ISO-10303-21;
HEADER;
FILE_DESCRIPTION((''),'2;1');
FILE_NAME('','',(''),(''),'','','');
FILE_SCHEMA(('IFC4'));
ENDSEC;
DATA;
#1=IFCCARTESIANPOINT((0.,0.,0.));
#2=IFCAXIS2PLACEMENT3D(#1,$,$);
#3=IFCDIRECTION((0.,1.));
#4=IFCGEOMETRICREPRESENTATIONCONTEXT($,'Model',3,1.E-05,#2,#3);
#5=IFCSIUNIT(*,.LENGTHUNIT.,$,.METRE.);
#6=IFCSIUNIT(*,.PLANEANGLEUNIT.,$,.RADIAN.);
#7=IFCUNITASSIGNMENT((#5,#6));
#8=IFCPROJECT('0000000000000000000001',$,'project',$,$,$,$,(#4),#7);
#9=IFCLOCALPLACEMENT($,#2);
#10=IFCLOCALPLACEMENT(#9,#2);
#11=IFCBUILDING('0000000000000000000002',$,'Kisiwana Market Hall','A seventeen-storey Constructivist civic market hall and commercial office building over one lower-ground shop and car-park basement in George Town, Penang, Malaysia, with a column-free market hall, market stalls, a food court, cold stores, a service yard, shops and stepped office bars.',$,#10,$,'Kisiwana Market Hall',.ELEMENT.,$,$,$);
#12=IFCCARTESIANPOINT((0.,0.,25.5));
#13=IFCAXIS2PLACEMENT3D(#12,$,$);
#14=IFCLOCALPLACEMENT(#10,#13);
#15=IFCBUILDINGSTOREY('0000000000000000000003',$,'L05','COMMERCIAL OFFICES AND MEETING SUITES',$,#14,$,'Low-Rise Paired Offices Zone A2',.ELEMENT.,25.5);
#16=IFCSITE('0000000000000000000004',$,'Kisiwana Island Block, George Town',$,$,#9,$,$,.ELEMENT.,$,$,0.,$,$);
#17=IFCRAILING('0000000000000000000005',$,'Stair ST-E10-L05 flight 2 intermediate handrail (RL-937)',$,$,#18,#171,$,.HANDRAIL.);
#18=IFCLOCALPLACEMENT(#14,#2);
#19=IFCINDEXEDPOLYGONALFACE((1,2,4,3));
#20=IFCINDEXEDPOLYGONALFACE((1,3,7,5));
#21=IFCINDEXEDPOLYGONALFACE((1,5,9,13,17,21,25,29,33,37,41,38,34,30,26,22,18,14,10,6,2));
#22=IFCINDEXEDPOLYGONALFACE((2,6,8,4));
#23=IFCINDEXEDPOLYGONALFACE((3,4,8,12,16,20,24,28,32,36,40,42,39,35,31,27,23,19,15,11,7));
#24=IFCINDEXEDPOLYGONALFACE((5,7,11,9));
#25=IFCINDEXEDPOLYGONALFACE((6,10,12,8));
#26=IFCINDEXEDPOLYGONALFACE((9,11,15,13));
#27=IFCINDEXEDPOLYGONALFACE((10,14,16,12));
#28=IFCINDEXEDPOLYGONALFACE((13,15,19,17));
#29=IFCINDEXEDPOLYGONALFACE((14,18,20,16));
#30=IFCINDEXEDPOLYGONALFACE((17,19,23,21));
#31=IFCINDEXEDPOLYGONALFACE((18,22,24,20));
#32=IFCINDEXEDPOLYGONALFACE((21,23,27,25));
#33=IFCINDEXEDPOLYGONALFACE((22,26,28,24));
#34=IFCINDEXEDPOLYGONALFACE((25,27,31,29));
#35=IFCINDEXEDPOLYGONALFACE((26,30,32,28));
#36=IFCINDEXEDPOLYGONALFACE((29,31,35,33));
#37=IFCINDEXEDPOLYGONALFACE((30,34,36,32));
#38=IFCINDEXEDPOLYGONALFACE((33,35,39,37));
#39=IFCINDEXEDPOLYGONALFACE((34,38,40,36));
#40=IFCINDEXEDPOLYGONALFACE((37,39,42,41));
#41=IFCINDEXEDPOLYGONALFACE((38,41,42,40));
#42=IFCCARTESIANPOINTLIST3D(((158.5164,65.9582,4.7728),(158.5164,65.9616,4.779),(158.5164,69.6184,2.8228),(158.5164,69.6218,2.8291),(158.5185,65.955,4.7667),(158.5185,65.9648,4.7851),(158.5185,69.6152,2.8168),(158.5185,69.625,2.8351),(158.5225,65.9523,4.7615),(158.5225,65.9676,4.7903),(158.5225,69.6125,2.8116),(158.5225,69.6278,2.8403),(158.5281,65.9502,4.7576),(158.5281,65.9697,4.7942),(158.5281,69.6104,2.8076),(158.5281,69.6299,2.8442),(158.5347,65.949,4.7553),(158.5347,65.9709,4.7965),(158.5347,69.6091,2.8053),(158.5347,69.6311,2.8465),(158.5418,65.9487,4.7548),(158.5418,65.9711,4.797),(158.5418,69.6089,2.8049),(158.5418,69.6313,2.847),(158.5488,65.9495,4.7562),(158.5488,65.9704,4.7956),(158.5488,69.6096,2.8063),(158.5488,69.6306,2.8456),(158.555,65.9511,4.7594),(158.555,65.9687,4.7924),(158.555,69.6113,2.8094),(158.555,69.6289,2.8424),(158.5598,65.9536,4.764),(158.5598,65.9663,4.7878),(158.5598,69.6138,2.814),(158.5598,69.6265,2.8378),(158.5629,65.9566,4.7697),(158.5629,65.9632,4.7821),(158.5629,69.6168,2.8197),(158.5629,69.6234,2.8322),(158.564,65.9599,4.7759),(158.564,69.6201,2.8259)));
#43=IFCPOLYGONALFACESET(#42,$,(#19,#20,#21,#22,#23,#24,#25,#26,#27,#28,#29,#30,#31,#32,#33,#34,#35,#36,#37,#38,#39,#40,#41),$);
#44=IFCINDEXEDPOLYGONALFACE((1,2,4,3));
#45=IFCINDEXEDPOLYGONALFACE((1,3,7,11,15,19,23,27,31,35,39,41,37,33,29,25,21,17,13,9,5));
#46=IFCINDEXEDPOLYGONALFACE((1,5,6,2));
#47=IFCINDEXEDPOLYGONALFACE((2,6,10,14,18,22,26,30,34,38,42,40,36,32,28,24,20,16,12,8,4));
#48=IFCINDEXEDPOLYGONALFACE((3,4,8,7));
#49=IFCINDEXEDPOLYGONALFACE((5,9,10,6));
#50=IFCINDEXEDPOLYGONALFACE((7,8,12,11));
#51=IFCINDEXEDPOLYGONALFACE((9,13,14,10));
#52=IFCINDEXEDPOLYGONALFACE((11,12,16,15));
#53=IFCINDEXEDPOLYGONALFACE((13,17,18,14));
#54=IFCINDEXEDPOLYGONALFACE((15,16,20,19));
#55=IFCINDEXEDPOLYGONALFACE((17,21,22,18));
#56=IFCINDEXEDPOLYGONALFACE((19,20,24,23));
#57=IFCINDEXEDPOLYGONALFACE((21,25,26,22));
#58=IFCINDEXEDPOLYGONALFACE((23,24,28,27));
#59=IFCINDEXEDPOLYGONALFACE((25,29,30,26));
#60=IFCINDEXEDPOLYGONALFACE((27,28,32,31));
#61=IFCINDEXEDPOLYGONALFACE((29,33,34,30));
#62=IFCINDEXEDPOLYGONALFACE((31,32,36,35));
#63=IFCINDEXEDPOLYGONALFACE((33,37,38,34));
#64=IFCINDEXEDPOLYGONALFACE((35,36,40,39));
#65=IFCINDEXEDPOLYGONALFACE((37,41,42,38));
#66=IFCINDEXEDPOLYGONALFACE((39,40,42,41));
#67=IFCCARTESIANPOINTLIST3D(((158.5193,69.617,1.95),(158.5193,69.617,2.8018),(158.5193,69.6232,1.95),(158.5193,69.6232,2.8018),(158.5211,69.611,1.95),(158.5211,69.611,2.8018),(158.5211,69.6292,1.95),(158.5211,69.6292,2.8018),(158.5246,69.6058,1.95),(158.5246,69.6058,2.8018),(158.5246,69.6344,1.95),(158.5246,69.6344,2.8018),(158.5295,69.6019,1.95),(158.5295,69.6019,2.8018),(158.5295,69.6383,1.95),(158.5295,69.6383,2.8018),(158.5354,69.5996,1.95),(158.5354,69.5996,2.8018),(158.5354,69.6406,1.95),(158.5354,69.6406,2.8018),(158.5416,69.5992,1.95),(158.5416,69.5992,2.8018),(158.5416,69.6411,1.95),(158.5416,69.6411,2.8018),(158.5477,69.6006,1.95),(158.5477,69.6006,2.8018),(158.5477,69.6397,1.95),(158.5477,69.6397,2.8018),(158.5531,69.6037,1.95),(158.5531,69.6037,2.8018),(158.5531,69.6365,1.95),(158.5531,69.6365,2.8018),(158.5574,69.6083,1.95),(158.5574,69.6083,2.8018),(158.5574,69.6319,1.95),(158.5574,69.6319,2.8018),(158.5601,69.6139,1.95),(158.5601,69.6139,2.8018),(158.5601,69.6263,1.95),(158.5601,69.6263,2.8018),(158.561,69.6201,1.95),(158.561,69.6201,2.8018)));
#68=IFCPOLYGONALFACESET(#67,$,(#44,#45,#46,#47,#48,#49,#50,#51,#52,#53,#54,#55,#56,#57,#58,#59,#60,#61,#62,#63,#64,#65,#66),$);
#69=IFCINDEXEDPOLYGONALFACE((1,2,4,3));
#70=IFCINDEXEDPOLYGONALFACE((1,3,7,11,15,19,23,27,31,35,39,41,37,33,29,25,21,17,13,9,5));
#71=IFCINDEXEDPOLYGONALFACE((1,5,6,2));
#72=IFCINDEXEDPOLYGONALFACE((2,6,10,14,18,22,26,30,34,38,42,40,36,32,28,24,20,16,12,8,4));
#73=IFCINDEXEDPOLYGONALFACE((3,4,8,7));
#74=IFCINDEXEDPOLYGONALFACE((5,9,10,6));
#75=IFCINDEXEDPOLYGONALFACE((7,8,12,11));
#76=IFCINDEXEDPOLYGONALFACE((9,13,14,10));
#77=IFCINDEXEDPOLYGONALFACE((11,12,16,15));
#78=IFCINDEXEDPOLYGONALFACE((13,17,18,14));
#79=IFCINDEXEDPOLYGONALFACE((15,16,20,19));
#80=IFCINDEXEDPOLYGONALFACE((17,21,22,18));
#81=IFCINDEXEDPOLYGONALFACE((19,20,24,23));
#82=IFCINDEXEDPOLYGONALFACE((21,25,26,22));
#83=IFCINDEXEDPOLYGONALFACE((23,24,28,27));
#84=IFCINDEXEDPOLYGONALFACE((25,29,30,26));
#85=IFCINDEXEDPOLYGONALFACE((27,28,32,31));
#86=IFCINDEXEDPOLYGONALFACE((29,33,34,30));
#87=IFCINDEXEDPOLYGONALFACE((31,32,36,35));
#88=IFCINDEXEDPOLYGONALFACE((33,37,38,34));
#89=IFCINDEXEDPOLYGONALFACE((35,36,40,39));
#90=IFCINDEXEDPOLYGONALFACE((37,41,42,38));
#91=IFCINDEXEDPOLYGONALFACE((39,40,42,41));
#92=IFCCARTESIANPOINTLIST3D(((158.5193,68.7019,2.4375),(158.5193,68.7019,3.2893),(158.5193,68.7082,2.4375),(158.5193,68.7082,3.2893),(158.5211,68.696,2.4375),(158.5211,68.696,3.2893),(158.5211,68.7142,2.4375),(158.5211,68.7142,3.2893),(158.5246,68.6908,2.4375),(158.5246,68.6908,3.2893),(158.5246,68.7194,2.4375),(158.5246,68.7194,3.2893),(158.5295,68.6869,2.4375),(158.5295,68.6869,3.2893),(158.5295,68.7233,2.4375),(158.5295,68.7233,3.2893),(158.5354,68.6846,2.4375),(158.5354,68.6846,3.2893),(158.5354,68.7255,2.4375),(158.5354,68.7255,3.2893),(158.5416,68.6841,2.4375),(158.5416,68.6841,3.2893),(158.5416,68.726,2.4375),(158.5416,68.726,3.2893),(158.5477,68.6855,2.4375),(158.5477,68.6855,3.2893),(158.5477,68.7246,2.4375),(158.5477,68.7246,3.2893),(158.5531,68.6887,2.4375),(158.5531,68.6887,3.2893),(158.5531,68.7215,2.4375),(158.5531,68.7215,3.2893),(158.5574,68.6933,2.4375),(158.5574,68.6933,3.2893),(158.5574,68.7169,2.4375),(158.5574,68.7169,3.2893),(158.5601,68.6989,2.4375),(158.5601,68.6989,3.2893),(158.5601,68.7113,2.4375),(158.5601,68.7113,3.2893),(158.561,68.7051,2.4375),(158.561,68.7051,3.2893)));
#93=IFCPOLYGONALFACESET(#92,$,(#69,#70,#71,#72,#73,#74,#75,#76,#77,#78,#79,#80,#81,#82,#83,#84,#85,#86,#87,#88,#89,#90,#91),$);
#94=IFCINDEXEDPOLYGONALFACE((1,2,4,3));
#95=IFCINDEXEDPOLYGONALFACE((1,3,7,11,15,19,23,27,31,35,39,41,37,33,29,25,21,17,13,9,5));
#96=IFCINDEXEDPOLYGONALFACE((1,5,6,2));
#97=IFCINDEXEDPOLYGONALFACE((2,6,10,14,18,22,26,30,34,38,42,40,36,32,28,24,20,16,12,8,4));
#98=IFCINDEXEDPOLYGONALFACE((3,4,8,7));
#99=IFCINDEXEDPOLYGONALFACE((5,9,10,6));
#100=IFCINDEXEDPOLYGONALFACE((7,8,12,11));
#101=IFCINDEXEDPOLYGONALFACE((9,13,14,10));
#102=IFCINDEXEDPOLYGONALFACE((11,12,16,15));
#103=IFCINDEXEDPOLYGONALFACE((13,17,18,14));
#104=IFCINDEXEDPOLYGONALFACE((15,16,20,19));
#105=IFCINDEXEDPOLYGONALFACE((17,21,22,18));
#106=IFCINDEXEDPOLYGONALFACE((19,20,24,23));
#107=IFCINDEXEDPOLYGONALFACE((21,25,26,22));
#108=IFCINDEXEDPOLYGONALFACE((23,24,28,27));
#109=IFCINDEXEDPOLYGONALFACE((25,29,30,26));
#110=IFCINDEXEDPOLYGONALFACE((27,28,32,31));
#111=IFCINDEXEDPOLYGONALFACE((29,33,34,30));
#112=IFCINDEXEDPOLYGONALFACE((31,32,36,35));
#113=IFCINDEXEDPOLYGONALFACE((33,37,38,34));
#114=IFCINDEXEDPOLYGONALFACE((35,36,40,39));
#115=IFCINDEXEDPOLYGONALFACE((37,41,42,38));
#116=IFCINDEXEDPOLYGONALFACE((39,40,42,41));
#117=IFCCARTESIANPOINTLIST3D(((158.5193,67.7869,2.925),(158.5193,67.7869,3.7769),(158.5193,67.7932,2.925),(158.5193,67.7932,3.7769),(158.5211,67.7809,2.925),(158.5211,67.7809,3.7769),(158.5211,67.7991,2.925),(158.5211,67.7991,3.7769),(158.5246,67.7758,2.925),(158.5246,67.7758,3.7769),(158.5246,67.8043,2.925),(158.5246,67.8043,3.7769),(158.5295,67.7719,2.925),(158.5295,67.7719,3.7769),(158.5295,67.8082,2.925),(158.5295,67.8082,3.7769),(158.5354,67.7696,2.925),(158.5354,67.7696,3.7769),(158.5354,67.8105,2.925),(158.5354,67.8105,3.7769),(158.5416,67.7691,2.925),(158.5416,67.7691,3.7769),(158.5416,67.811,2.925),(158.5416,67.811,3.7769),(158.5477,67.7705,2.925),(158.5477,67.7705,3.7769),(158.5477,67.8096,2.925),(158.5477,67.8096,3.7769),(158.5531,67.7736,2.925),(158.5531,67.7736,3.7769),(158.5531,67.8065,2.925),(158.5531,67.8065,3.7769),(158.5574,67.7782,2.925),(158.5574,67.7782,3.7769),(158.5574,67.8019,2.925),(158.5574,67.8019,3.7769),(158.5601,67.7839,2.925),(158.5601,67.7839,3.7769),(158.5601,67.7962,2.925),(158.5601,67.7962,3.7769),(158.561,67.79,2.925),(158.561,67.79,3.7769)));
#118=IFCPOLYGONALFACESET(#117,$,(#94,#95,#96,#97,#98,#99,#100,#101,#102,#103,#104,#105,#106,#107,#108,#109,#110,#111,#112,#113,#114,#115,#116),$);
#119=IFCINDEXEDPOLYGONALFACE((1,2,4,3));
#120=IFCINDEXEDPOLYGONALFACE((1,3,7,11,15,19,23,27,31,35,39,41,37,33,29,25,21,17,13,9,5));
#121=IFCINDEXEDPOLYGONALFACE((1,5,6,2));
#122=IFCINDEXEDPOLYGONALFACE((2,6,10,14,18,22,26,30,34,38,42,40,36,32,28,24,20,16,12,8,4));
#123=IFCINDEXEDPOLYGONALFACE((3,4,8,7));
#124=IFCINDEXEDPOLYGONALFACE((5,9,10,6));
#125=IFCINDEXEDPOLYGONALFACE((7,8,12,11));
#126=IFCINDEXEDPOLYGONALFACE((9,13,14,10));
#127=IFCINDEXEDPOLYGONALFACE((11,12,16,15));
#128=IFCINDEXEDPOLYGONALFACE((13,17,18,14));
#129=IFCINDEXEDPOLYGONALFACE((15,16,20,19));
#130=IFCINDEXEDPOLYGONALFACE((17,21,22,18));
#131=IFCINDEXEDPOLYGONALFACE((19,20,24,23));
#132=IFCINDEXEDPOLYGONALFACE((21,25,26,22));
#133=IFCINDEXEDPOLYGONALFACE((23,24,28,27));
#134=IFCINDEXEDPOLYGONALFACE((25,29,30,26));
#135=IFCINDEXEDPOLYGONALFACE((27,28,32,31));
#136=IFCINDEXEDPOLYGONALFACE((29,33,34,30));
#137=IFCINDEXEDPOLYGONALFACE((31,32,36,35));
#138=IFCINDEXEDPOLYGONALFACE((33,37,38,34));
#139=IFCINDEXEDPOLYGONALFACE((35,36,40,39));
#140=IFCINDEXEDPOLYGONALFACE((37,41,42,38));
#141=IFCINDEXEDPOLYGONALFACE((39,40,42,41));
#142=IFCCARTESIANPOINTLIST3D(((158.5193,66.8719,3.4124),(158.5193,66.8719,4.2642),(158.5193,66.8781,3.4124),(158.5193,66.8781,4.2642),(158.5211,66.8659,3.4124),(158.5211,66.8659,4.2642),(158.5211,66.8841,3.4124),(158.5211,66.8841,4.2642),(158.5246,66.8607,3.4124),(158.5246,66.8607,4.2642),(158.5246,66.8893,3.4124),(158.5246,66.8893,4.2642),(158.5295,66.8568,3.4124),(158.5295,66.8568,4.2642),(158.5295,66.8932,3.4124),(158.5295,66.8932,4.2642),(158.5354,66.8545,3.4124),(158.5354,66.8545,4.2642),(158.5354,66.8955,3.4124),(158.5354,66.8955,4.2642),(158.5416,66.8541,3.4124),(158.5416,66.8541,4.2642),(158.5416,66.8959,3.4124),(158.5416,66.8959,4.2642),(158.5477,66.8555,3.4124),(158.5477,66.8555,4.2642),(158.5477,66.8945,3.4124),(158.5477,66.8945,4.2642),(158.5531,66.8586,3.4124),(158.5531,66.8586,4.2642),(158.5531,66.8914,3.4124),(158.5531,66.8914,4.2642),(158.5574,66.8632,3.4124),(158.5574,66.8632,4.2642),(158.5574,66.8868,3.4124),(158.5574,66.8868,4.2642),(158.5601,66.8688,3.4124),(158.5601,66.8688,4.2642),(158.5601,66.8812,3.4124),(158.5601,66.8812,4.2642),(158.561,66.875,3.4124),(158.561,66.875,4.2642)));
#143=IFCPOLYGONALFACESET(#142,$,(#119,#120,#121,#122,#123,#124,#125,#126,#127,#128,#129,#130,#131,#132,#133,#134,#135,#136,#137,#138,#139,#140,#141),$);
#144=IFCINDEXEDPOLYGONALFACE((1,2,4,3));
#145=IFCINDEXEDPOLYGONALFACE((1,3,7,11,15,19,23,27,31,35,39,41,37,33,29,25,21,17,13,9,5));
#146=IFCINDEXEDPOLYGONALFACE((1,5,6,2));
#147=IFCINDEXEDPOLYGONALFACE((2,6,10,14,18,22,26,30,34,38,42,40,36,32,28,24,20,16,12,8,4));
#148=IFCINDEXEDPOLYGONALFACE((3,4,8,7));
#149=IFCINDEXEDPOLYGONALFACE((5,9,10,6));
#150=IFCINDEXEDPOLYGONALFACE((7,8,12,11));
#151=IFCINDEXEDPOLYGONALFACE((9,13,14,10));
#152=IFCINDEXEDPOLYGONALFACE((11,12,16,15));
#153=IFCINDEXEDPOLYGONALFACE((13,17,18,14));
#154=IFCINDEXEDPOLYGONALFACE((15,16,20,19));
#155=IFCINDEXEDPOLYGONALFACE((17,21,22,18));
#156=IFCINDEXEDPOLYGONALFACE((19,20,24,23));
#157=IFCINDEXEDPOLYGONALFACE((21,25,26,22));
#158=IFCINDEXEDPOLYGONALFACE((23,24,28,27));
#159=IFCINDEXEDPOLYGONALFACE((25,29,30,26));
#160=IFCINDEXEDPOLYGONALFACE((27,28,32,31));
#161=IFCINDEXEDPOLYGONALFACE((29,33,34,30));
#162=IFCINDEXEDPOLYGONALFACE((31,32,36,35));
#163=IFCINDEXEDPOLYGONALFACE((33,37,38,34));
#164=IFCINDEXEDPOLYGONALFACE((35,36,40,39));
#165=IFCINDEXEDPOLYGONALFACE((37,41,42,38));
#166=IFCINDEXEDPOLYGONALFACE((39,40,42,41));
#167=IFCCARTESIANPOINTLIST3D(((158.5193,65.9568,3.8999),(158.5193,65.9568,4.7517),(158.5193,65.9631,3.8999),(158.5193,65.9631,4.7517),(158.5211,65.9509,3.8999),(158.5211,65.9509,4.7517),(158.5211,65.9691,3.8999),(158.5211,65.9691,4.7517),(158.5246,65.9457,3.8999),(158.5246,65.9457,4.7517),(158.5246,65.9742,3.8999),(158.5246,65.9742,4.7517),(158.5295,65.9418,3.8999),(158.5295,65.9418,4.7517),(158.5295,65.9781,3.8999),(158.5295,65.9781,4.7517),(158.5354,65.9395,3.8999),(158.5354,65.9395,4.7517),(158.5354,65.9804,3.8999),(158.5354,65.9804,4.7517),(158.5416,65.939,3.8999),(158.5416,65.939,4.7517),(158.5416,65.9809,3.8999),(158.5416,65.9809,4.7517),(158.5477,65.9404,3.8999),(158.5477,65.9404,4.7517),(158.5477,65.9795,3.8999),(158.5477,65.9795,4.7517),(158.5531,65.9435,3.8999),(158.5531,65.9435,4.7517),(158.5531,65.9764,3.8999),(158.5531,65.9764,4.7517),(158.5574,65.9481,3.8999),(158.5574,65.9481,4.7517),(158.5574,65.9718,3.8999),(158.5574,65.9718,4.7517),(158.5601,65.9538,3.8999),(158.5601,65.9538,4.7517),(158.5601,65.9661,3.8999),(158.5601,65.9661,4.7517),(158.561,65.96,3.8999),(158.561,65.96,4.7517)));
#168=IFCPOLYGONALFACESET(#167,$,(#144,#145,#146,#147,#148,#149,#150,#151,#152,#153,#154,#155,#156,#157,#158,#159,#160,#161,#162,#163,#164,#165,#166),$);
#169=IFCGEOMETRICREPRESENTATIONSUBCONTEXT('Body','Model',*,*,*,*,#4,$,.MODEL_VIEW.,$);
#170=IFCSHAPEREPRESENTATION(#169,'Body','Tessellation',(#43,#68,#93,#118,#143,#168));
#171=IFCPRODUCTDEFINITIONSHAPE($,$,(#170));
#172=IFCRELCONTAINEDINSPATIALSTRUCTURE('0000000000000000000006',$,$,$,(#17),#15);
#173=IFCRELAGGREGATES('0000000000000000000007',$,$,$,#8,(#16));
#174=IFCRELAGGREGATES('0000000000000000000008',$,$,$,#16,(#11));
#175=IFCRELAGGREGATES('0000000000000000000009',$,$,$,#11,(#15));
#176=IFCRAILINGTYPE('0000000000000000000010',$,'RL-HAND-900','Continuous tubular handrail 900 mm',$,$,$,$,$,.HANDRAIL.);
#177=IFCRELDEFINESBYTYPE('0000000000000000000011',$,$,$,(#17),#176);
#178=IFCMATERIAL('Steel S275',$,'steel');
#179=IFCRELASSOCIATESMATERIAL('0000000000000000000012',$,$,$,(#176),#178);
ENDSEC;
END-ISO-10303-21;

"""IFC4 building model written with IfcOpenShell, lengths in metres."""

from ifc_helpers import new_model, si_unit, direction, frame, origin, origin_2d, place, context, subcontext, project, spatial, circle, extrude, material, type_object, element, save


model = new_model("IFC4")

# Units and contexts
model_context = context("Model", 3, precision=1e-05, world=origin(), true_north=direction((0.0, 1.0)))
body_context = subcontext(model_context, "Body", "Model", "MODEL_VIEW")
ifc_project = project(units=[si_unit("LENGTHUNIT", "METRE"), si_unit("PLANEANGLEUNIT", "RADIAN")], contexts=[model_context])

# Site, building, storey
site_placement = place(None, origin())
site = spatial("IfcSite", under=ifc_project, at=site_placement, Name="Kisiwana Island Block, George Town", CompositionType="ELEMENT", RefElevation=0.0)
building_placement = place(site_placement, origin())
building = spatial("IfcBuilding", under=site, at=building_placement, Name="Kisiwana Market Hall", Description="A seventeen-storey Constructivist civic market hall and commercial office building over one lower-ground shop and car-park basement in George Town, Penang, Malaysia, with a column-free market hall, market stalls, a food court, cold stores, a service yard, shops and stepped office bars.", LongName="Kisiwana Market Hall", CompositionType="ELEMENT")
storey_placement = place(building_placement, frame((0.0, 0.0, 25.5)))
storey = spatial("IfcBuildingStorey", under=building, at=storey_placement, Name="L05", Description="COMMERCIAL OFFICES AND MEETING SUITES", LongName="Low-Rise Paired Offices Zone A2", CompositionType="ELEMENT", Elevation=25.5)

# Railing
ifc_material_1 = material(Name="Steel S275", Category="steel")
railing_type_1 = type_object("IfcRailingType", Name="RL-HAND-900", Description="Continuous tubular handrail 900 mm", PredefinedType="HANDRAIL", material=ifc_material_1)
railing_1_placement = place(storey_placement, frame((158.54, 69.6201, 1.95)))
element("IfcRailing", 1, at=railing_1_placement, inside=storey, type_object=railing_type_1, Name="Stair ST-E10-L05 flight 2 intermediate handrail (RL-937)", PredefinedType="HANDRAIL", context=body_context, shape_type="SweptSolid", body=[
    extrude(circle(Radius=0.0239, at=origin_2d()), frame((0.0, 0.0, 0.876), z_axis=(0.0, -0.882566, 0.470188), x_axis=(1.0, 0.0, 0.0)), (0.0, 0.0, 1.0), 4.1472),
    extrude(circle(Radius=0.021, at=origin_2d()), origin(), (0.0, 0.0, 1.0), 0.8518),
    extrude(circle(Radius=0.021, at=origin_2d()), frame((0.0, -0.915, 0.4875)), (0.0, 0.0, 1.0), 0.8518),
    extrude(circle(Radius=0.021, at=origin_2d()), frame((0.0, -1.8301, 0.9751)), (0.0, 0.0, 1.0), 0.8518),
    extrude(circle(Radius=0.021, at=origin_2d()), frame((0.0, -2.7451, 1.4624)), (0.0, 0.0, 1.0), 0.8518),
    extrude(circle(Radius=0.021, at=origin_2d()), frame((0.0, -3.6602, 1.95)), (0.0, 0.0, 1.0), 0.8518),
])

save(model, "model.ifc")
